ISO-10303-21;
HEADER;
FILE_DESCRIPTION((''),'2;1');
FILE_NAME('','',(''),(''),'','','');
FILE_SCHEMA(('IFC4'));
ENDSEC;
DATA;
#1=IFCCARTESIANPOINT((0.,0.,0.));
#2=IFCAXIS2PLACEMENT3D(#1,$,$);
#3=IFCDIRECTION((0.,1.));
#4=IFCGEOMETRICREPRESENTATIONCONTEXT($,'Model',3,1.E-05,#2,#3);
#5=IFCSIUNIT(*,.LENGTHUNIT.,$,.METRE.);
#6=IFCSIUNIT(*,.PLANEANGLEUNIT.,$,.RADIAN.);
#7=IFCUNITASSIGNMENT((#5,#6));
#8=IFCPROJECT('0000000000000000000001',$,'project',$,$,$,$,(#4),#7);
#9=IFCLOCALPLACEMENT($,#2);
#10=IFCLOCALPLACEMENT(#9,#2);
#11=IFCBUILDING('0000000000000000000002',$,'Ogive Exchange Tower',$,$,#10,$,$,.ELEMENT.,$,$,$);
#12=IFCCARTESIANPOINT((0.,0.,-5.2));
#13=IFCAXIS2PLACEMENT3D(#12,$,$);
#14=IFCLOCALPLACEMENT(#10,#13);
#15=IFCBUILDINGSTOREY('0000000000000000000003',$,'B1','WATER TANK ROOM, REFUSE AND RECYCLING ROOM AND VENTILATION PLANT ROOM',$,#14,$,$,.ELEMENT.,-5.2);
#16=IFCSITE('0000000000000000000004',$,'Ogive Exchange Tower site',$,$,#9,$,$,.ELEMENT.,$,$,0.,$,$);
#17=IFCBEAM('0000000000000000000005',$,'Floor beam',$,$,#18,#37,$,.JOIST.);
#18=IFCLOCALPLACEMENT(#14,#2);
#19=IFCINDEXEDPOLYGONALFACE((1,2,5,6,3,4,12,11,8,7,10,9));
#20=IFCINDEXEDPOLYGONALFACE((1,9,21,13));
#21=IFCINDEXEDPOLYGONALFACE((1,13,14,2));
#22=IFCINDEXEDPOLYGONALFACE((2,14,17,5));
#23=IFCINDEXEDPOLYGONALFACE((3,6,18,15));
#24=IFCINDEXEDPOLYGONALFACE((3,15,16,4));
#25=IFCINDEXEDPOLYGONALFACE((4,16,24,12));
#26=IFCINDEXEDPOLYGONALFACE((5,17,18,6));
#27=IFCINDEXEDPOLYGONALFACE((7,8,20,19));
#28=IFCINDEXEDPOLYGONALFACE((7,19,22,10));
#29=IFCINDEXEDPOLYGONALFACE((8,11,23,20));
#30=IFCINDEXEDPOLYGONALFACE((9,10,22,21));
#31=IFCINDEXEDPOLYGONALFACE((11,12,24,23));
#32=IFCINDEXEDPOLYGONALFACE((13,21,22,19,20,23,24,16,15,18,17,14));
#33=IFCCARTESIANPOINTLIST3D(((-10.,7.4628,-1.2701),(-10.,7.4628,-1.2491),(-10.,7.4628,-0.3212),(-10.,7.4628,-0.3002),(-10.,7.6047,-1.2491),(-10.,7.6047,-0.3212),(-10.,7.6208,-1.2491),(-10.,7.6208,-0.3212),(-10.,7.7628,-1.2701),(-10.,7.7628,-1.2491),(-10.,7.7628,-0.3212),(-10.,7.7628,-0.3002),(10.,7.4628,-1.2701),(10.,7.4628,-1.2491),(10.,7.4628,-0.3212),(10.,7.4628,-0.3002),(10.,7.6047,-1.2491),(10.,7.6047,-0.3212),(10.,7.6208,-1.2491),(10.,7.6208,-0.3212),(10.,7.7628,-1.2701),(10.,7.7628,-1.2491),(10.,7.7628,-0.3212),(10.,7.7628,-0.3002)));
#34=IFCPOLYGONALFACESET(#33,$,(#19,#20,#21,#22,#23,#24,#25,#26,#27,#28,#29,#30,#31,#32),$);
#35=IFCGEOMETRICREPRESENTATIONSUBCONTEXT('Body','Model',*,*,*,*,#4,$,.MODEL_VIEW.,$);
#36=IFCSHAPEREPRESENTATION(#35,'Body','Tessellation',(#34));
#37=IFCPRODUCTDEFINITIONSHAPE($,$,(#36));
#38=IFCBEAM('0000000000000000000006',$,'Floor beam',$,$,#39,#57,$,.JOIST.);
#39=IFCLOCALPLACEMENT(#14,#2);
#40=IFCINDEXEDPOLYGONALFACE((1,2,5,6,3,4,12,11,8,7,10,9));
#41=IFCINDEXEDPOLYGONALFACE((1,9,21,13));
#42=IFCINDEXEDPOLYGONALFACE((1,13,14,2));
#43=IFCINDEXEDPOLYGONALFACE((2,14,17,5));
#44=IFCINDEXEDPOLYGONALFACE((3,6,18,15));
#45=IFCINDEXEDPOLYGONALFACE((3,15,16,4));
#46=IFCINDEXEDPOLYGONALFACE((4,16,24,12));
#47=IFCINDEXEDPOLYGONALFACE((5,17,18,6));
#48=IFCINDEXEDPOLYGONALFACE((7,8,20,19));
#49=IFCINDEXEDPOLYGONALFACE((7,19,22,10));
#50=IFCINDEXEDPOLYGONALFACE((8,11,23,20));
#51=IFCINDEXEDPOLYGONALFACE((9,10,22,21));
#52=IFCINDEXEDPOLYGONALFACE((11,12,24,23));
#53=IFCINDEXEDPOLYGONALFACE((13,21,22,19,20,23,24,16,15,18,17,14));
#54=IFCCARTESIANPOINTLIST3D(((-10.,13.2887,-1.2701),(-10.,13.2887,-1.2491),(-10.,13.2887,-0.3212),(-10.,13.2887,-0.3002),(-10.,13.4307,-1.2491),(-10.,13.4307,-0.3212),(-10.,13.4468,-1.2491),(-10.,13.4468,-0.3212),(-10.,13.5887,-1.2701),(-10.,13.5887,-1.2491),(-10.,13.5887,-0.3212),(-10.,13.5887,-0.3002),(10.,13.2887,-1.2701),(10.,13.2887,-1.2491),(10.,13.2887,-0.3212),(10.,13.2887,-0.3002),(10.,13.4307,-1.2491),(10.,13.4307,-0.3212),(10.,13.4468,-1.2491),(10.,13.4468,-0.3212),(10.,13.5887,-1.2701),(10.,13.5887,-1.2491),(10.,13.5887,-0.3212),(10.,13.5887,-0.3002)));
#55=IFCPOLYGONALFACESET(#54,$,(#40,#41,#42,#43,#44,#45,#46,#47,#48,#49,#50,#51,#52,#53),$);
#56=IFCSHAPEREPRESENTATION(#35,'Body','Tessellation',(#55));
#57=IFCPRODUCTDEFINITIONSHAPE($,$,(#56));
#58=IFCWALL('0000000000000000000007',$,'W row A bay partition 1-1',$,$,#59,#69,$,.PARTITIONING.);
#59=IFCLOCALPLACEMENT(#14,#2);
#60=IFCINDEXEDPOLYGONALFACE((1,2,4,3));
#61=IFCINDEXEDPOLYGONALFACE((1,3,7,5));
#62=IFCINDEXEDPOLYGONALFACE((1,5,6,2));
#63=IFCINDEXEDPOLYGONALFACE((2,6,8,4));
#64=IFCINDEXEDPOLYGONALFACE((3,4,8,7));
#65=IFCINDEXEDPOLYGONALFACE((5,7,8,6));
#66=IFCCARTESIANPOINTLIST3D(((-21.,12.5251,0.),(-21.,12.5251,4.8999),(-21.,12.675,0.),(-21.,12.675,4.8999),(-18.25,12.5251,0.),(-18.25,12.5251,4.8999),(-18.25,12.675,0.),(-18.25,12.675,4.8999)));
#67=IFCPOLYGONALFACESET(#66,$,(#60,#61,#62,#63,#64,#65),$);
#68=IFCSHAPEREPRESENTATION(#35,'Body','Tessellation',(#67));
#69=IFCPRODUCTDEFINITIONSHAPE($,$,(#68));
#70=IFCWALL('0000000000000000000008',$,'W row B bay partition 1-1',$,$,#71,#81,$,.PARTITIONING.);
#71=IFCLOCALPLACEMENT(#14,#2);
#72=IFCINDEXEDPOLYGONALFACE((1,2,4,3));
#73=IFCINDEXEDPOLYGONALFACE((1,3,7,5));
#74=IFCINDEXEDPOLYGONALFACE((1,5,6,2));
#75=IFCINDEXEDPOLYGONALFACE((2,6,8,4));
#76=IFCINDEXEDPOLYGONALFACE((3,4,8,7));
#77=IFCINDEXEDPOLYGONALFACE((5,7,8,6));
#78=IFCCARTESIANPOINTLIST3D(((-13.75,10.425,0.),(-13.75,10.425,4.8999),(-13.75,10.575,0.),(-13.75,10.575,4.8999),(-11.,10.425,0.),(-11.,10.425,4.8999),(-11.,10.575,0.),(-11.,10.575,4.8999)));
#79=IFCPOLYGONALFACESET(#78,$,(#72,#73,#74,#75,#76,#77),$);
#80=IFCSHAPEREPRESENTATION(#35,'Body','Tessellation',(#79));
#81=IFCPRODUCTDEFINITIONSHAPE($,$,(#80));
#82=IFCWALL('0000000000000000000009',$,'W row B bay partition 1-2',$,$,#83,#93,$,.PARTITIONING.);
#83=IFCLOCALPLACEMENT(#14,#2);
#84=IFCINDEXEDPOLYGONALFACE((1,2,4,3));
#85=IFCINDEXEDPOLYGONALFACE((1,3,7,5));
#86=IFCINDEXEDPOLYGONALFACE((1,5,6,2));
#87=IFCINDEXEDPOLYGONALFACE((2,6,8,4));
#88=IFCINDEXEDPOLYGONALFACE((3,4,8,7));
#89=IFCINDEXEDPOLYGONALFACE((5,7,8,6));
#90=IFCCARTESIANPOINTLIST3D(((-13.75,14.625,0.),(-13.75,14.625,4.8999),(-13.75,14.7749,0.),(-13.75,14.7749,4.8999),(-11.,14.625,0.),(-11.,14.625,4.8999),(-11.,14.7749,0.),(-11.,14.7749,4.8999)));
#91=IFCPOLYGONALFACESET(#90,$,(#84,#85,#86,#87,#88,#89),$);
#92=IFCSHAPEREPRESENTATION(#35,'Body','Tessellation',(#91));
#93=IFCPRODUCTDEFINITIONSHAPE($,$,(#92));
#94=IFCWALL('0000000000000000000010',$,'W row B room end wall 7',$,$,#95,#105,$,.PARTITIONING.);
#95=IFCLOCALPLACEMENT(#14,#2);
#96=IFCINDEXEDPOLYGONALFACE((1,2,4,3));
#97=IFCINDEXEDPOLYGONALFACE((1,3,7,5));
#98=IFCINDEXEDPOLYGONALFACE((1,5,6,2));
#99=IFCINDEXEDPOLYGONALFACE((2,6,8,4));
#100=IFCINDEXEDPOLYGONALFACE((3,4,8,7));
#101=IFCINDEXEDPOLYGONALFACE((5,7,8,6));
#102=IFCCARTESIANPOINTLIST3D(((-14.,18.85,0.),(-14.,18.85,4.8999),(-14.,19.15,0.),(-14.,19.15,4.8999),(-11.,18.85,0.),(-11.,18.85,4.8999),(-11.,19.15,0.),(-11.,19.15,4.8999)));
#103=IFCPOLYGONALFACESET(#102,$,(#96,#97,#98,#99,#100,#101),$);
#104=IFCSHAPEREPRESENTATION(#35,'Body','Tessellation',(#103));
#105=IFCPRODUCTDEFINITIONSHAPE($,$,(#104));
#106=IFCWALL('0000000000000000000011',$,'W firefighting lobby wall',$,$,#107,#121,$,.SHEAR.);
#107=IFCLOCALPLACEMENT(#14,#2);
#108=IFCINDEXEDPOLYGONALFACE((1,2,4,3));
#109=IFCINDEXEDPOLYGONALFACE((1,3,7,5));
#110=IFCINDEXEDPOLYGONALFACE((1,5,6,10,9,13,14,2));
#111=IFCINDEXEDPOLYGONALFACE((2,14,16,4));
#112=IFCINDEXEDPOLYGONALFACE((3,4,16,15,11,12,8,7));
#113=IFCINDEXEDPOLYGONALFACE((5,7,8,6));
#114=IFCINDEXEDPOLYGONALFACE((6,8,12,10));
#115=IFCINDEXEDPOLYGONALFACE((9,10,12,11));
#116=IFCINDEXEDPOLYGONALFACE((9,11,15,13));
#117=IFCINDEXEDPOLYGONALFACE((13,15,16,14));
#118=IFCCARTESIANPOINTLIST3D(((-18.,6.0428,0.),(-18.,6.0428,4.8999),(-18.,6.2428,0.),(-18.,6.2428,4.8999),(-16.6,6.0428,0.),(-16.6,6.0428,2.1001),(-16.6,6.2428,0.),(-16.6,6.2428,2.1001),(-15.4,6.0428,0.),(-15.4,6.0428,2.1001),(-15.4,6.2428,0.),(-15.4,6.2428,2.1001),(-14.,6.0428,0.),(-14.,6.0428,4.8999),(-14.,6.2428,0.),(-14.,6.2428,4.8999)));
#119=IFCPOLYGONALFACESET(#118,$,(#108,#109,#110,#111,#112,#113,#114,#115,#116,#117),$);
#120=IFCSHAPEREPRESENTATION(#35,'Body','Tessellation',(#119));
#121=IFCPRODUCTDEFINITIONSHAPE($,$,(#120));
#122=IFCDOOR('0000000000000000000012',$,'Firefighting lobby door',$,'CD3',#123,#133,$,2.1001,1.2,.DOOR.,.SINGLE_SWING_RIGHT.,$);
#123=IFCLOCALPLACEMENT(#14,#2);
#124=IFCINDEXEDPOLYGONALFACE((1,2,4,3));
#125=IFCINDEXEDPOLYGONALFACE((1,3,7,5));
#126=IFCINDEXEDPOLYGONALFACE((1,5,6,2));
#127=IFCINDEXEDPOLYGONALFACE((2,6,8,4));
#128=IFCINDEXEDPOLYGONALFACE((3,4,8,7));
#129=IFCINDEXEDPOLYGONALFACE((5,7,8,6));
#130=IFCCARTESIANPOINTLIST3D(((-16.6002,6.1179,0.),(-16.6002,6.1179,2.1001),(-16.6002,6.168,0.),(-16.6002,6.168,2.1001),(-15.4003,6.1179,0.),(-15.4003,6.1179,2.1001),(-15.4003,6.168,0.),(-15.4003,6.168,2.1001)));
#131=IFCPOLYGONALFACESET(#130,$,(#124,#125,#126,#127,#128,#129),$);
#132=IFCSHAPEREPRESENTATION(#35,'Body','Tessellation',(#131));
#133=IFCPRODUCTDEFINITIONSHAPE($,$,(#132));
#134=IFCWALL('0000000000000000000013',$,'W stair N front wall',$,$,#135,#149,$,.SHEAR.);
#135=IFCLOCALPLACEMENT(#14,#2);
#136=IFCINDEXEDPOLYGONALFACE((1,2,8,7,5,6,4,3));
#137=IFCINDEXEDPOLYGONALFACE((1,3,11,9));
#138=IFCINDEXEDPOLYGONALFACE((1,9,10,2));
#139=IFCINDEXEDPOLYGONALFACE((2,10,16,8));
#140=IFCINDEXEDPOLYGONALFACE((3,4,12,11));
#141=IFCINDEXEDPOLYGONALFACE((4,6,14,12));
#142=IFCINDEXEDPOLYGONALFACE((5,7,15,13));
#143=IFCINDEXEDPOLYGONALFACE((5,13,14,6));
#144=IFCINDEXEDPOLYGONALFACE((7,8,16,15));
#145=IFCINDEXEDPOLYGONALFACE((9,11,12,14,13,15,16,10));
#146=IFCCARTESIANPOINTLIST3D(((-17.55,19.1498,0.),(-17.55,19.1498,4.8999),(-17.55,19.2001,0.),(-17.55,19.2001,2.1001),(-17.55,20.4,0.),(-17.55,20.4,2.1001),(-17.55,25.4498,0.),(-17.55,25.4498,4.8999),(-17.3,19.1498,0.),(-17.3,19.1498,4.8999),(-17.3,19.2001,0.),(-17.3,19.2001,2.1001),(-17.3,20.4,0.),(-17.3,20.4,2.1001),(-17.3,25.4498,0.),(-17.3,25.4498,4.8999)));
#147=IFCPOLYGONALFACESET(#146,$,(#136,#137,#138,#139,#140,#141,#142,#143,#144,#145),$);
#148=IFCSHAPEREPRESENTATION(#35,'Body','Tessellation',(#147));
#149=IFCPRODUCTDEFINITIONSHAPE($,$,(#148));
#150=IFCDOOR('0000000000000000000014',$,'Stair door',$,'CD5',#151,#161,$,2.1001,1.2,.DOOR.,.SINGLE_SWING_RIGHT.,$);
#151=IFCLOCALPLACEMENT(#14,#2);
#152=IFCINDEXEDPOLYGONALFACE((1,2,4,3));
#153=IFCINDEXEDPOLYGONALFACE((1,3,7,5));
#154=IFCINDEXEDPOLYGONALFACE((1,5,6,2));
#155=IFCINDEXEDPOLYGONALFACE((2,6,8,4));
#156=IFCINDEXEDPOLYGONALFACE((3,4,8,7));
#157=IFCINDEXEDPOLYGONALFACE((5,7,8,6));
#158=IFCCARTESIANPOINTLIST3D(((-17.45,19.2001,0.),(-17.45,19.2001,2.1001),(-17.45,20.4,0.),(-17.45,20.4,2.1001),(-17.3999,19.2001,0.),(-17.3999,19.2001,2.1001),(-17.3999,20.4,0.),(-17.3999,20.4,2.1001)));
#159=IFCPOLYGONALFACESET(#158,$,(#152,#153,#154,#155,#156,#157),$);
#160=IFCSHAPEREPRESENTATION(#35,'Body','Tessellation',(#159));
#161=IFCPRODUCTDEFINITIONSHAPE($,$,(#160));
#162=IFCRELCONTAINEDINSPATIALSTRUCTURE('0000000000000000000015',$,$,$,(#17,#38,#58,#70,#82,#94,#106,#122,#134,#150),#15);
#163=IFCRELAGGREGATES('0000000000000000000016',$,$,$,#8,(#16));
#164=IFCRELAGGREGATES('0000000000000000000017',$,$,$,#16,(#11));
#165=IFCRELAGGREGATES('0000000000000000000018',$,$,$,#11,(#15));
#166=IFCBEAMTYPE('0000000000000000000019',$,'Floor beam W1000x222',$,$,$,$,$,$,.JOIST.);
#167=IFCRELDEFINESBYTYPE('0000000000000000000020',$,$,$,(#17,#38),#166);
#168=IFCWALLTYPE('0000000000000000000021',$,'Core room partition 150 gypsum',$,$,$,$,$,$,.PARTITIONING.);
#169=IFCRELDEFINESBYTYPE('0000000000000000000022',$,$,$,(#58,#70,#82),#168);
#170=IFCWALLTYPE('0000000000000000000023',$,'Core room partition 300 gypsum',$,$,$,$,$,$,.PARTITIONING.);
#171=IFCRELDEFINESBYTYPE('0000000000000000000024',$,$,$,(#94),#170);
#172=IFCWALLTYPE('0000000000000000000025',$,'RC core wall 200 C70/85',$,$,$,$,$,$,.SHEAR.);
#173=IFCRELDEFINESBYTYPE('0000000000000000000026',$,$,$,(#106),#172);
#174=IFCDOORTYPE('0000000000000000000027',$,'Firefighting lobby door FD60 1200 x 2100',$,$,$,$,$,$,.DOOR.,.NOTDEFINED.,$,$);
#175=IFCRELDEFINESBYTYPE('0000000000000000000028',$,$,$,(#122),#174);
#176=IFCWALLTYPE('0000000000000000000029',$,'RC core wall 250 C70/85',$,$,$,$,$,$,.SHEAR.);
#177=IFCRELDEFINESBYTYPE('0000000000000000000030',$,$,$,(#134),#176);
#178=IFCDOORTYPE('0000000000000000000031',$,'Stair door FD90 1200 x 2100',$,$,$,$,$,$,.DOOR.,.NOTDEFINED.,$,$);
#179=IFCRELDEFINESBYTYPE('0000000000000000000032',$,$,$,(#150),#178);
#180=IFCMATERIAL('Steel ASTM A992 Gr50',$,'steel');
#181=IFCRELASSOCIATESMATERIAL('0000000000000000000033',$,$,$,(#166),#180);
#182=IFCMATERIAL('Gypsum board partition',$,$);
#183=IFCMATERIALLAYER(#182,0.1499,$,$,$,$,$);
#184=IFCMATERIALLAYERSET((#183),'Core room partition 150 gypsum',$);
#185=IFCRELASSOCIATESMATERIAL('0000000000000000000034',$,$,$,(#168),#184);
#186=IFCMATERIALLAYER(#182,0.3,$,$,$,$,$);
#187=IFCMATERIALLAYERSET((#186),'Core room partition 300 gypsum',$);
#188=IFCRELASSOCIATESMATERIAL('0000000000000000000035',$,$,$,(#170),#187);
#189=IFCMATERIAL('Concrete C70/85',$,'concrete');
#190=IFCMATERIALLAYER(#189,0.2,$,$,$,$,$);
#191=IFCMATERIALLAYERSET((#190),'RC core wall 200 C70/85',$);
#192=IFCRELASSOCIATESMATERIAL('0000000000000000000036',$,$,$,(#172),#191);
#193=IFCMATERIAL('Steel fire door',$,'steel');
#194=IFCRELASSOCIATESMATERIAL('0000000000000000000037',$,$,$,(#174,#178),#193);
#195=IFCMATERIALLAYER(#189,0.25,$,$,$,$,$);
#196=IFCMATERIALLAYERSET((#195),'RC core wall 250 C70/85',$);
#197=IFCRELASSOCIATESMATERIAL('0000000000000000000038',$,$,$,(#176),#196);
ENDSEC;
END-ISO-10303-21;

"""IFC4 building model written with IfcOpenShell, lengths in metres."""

from ifc_helpers import new_model, si_unit, direction, frame, frame_2d, origin, origin_2d, place, context, subcontext, project, spatial, rectangle, i_section, extrude, material, layer, layer_set, material_profile, profile_set, type_object, element, fill, save


model = new_model("IFC4")

# Units and contexts
model_context = context("Model", 3, precision=1e-05, world=origin(), true_north=direction((0.0, 1.0)))
body_context = subcontext(model_context, "Body", "Model", "MODEL_VIEW")
ifc_project = project(units=[si_unit("LENGTHUNIT", "METRE"), si_unit("PLANEANGLEUNIT", "RADIAN")], contexts=[model_context])

# Site, building, storey
site_placement = place(None, origin())
site = spatial("IfcSite", under=ifc_project, at=site_placement, Name="Ogive Exchange Tower site", CompositionType="ELEMENT", RefElevation=0.0)
building_placement = place(site_placement, origin())
building = spatial("IfcBuilding", under=site, at=building_placement, Name="Ogive Exchange Tower", CompositionType="ELEMENT")
storey_placement = place(building_placement, frame((0.0, 0.0, -5.2)))
storey = spatial("IfcBuildingStorey", under=building, at=storey_placement, Name="B1", Description="WATER TANK ROOM, REFUSE AND RECYCLING ROOM AND VENTILATION PLANT ROOM", CompositionType="ELEMENT", Elevation=-5.2)

# Beams
ifc_material_1 = material(Name="Steel ASTM A992 Gr50", Category="steel")
ifc_material_profile = material_profile(ifc_material_1, i_section(OverallWidth=0.3, OverallDepth=0.97, WebThickness=0.0161, FlangeThickness=0.021, at=origin_2d()), Name="W1000x222")
ifc_profile_set = profile_set([ifc_material_profile], Name="Steel ASTM A992 Gr50")
beam_type = type_object("IfcBeamType", Name="Floor beam W1000x222", PredefinedType="JOIST", material=ifc_profile_set)
for number, where, z_axis, x_axis, name in (
    (1, (-10.0, 7.6128, -0.7852), (1.0, 0.0, 0.0), (0.0, 1.0, 0.0), "Floor beam"),
    (2, (-10.0, 13.4387, -0.7852), (1.0, 0.0, 0.0), (0.0, 1.0, 0.0), "Floor beam"),
):
    element("IfcBeam", number, at=place(storey_placement, frame(where, z_axis=z_axis, x_axis=x_axis)), inside=storey, type_object=beam_type, Name=name, PredefinedType="JOIST", context=body_context, shape_type="SweptSolid", body=[
        extrude(i_section(OverallWidth=0.3, OverallDepth=0.97, WebThickness=0.0161, FlangeThickness=0.021, at=origin_2d()), origin(), (0.0, 0.0, 1.0), 20.0),
    ])

# Walls
ifc_material_2 = material(Name="Gypsum board partition")
ifc_layer_1 = layer(ifc_material_2, 0.1499)
ifc_layer_set_1 = layer_set([ifc_layer_1], Name="Core room partition 150 gypsum")
wall_type_1 = type_object("IfcWallType", Name="Core room partition 150 gypsum", PredefinedType="PARTITIONING", material=ifc_layer_set_1)
for number, where, z_axis, x_axis, name in (
    (3, (-21.0, 12.6001, 0.0), (0.0, 0.0, 1.0), (1.0, 0.0, 0.0), "W row A bay partition 1-1"),
    (4, (-13.75, 10.5, 0.0), (0.0, 0.0, 1.0), (1.0, 0.0, 0.0), "W row B bay partition 1-1"),
    (5, (-13.75, 14.7, 0.0), (0.0, 0.0, 1.0), (1.0, 0.0, 0.0), "W row B bay partition 1-2"),
):
    element("IfcWall", number, at=place(storey_placement, frame(where, z_axis=z_axis, x_axis=x_axis)), inside=storey, type_object=wall_type_1, Name=name, PredefinedType="PARTITIONING", context=body_context, shape_type="SweptSolid", body=[
        extrude(rectangle(XDim=2.75, YDim=0.1499, at=frame_2d((1.375, 0.0))), origin(), (0.0, 0.0, 1.0), 4.8999),
    ])
ifc_layer_2 = layer(ifc_material_2, 0.3)
ifc_layer_set_2 = layer_set([ifc_layer_2], Name="Core room partition 300 gypsum")
wall_type_2 = type_object("IfcWallType", Name="Core room partition 300 gypsum", PredefinedType="PARTITIONING", material=ifc_layer_set_2)
wall_1_placement = place(storey_placement, frame((-14.0, 19.0, 0.0), z_axis=(0.0, 0.0, 1.0), x_axis=(1.0, 0.0, 0.0)))
element("IfcWall", 6, at=wall_1_placement, inside=storey, type_object=wall_type_2, Name="W row B room end wall 7", PredefinedType="PARTITIONING", context=body_context, shape_type="SweptSolid", body=[
    extrude(rectangle(XDim=3.0, YDim=0.3, at=frame_2d((1.5, 0.0))), origin(), (0.0, 0.0, 1.0), 4.8999),
])

# Walls, openings, doors
ifc_material_3 = material(Name="Concrete C70/85", Category="concrete")
ifc_layer_3 = layer(ifc_material_3, 0.2)
ifc_layer_set_3 = layer_set([ifc_layer_3], Name="RC core wall 200 C70/85")
wall_type_3 = type_object("IfcWallType", Name="RC core wall 200 C70/85", PredefinedType="SHEAR", material=ifc_layer_set_3)
wall_2_placement = place(storey_placement, frame((-18.0, 6.1428, 0.0), z_axis=(0.0, 0.0, 1.0), x_axis=(1.0, 0.0, 0.0)))
wall_2 = element("IfcWall", 7, at=wall_2_placement, inside=storey, type_object=wall_type_3, Name="W firefighting lobby wall", PredefinedType="SHEAR", context=body_context, shape_type="SweptSolid", body=[
    extrude(rectangle(XDim=4.0, YDim=0.2, at=frame_2d((2.0, 0.0))), origin(), (0.0, 0.0, 1.0), 4.8999),
])
opening_1_placement = place(wall_2_placement, frame((1.3999, 0.0, 0.0)))
opening_1 = element("IfcOpeningElement", 8, at=opening_1_placement, cuts=wall_2, PredefinedType="OPENING", context=body_context, shape_type="SweptSolid", body=[
    extrude(rectangle(XDim=1.2, YDim=2.1001, at=frame_2d((0.6001, 1.05))), frame((0.0, 0.1099, 0.0), z_axis=(0.0, -1.0, 0.0), x_axis=(1.0, 0.0, 0.0)), (0.0, 0.0, 1.0), 0.22),
])
ifc_material_4 = material(Name="Steel fire door", Category="steel")
door_type_1 = type_object("IfcDoorType", Name="Firefighting lobby door FD60 1200 x 2100", OperationType="NOTDEFINED", PredefinedType="DOOR", material=ifc_material_4)
door_1_placement = place(opening_1_placement, frame((1.2, 0.0, 0.0), z_axis=(0.0, 0.0, 1.0), x_axis=(-1.0, 0.0, 0.0)))
door_1 = element("IfcDoor", 9, at=door_1_placement, inside=storey, type_object=door_type_1, Name="Firefighting lobby door", ObjectType="CD3", OperationType="SINGLE_SWING_RIGHT", OverallHeight=2.1001, OverallWidth=1.2, PredefinedType="DOOR", context=body_context, shape_type="SweptSolid", body=[
    extrude(rectangle(XDim=1.2, YDim=2.1001, at=frame_2d((0.6001, 1.05))), frame((0.0, 0.0249, 0.0), z_axis=(0.0, -1.0, 0.0), x_axis=(1.0, 0.0, 0.0)), (0.0, 0.0, 1.0), 0.05),
])
fill(opening_1, door_1)
ifc_layer_4 = layer(ifc_material_3, 0.25)
ifc_layer_set_4 = layer_set([ifc_layer_4], Name="RC core wall 250 C70/85")
wall_type_4 = type_object("IfcWallType", Name="RC core wall 250 C70/85", PredefinedType="SHEAR", material=ifc_layer_set_4)
wall_3_placement = place(storey_placement, frame((-17.425, 19.1499, 0.0), z_axis=(0.0, 0.0, 1.0), x_axis=(0.0, 1.0, 0.0)))
wall_3 = element("IfcWall", 10, at=wall_3_placement, inside=storey, type_object=wall_type_4, Name="W stair N front wall", PredefinedType="SHEAR", context=body_context, shape_type="SweptSolid", body=[
    extrude(rectangle(XDim=6.3, YDim=0.25, at=frame_2d((3.1499, 0.0))), origin(), (0.0, 0.0, 1.0), 4.8999),
])
opening_2_placement = place(wall_3_placement, frame((0.05, 0.0, 0.0)))
opening_2 = element("IfcOpeningElement", 11, at=opening_2_placement, cuts=wall_3, PredefinedType="OPENING", context=body_context, shape_type="SweptSolid", body=[
    extrude(rectangle(XDim=1.2, YDim=2.1001, at=frame_2d((0.6001, 1.05))), frame((0.0, 0.135, 0.0), z_axis=(0.0, -1.0, 0.0), x_axis=(1.0, 0.0, 0.0)), (0.0, 0.0, 1.0), 0.27),
])
door_type_2 = type_object("IfcDoorType", Name="Stair door FD90 1200 x 2100", OperationType="NOTDEFINED", PredefinedType="DOOR", material=ifc_material_4)
door_2_placement = place(opening_2_placement, origin())
door_2 = element("IfcDoor", 12, at=door_2_placement, inside=storey, type_object=door_type_2, Name="Stair door", ObjectType="CD5", OperationType="SINGLE_SWING_RIGHT", OverallHeight=2.1001, OverallWidth=1.2, PredefinedType="DOOR", context=body_context, shape_type="SweptSolid", body=[
    extrude(rectangle(XDim=1.2, YDim=2.1001, at=frame_2d((0.6001, 1.05))), frame((0.0, 0.0249, 0.0), z_axis=(0.0, -1.0, 0.0), x_axis=(1.0, 0.0, 0.0)), (0.0, 0.0, 1.0), 0.05),
])
fill(opening_2, door_2)

save(model, "model.ifc")
